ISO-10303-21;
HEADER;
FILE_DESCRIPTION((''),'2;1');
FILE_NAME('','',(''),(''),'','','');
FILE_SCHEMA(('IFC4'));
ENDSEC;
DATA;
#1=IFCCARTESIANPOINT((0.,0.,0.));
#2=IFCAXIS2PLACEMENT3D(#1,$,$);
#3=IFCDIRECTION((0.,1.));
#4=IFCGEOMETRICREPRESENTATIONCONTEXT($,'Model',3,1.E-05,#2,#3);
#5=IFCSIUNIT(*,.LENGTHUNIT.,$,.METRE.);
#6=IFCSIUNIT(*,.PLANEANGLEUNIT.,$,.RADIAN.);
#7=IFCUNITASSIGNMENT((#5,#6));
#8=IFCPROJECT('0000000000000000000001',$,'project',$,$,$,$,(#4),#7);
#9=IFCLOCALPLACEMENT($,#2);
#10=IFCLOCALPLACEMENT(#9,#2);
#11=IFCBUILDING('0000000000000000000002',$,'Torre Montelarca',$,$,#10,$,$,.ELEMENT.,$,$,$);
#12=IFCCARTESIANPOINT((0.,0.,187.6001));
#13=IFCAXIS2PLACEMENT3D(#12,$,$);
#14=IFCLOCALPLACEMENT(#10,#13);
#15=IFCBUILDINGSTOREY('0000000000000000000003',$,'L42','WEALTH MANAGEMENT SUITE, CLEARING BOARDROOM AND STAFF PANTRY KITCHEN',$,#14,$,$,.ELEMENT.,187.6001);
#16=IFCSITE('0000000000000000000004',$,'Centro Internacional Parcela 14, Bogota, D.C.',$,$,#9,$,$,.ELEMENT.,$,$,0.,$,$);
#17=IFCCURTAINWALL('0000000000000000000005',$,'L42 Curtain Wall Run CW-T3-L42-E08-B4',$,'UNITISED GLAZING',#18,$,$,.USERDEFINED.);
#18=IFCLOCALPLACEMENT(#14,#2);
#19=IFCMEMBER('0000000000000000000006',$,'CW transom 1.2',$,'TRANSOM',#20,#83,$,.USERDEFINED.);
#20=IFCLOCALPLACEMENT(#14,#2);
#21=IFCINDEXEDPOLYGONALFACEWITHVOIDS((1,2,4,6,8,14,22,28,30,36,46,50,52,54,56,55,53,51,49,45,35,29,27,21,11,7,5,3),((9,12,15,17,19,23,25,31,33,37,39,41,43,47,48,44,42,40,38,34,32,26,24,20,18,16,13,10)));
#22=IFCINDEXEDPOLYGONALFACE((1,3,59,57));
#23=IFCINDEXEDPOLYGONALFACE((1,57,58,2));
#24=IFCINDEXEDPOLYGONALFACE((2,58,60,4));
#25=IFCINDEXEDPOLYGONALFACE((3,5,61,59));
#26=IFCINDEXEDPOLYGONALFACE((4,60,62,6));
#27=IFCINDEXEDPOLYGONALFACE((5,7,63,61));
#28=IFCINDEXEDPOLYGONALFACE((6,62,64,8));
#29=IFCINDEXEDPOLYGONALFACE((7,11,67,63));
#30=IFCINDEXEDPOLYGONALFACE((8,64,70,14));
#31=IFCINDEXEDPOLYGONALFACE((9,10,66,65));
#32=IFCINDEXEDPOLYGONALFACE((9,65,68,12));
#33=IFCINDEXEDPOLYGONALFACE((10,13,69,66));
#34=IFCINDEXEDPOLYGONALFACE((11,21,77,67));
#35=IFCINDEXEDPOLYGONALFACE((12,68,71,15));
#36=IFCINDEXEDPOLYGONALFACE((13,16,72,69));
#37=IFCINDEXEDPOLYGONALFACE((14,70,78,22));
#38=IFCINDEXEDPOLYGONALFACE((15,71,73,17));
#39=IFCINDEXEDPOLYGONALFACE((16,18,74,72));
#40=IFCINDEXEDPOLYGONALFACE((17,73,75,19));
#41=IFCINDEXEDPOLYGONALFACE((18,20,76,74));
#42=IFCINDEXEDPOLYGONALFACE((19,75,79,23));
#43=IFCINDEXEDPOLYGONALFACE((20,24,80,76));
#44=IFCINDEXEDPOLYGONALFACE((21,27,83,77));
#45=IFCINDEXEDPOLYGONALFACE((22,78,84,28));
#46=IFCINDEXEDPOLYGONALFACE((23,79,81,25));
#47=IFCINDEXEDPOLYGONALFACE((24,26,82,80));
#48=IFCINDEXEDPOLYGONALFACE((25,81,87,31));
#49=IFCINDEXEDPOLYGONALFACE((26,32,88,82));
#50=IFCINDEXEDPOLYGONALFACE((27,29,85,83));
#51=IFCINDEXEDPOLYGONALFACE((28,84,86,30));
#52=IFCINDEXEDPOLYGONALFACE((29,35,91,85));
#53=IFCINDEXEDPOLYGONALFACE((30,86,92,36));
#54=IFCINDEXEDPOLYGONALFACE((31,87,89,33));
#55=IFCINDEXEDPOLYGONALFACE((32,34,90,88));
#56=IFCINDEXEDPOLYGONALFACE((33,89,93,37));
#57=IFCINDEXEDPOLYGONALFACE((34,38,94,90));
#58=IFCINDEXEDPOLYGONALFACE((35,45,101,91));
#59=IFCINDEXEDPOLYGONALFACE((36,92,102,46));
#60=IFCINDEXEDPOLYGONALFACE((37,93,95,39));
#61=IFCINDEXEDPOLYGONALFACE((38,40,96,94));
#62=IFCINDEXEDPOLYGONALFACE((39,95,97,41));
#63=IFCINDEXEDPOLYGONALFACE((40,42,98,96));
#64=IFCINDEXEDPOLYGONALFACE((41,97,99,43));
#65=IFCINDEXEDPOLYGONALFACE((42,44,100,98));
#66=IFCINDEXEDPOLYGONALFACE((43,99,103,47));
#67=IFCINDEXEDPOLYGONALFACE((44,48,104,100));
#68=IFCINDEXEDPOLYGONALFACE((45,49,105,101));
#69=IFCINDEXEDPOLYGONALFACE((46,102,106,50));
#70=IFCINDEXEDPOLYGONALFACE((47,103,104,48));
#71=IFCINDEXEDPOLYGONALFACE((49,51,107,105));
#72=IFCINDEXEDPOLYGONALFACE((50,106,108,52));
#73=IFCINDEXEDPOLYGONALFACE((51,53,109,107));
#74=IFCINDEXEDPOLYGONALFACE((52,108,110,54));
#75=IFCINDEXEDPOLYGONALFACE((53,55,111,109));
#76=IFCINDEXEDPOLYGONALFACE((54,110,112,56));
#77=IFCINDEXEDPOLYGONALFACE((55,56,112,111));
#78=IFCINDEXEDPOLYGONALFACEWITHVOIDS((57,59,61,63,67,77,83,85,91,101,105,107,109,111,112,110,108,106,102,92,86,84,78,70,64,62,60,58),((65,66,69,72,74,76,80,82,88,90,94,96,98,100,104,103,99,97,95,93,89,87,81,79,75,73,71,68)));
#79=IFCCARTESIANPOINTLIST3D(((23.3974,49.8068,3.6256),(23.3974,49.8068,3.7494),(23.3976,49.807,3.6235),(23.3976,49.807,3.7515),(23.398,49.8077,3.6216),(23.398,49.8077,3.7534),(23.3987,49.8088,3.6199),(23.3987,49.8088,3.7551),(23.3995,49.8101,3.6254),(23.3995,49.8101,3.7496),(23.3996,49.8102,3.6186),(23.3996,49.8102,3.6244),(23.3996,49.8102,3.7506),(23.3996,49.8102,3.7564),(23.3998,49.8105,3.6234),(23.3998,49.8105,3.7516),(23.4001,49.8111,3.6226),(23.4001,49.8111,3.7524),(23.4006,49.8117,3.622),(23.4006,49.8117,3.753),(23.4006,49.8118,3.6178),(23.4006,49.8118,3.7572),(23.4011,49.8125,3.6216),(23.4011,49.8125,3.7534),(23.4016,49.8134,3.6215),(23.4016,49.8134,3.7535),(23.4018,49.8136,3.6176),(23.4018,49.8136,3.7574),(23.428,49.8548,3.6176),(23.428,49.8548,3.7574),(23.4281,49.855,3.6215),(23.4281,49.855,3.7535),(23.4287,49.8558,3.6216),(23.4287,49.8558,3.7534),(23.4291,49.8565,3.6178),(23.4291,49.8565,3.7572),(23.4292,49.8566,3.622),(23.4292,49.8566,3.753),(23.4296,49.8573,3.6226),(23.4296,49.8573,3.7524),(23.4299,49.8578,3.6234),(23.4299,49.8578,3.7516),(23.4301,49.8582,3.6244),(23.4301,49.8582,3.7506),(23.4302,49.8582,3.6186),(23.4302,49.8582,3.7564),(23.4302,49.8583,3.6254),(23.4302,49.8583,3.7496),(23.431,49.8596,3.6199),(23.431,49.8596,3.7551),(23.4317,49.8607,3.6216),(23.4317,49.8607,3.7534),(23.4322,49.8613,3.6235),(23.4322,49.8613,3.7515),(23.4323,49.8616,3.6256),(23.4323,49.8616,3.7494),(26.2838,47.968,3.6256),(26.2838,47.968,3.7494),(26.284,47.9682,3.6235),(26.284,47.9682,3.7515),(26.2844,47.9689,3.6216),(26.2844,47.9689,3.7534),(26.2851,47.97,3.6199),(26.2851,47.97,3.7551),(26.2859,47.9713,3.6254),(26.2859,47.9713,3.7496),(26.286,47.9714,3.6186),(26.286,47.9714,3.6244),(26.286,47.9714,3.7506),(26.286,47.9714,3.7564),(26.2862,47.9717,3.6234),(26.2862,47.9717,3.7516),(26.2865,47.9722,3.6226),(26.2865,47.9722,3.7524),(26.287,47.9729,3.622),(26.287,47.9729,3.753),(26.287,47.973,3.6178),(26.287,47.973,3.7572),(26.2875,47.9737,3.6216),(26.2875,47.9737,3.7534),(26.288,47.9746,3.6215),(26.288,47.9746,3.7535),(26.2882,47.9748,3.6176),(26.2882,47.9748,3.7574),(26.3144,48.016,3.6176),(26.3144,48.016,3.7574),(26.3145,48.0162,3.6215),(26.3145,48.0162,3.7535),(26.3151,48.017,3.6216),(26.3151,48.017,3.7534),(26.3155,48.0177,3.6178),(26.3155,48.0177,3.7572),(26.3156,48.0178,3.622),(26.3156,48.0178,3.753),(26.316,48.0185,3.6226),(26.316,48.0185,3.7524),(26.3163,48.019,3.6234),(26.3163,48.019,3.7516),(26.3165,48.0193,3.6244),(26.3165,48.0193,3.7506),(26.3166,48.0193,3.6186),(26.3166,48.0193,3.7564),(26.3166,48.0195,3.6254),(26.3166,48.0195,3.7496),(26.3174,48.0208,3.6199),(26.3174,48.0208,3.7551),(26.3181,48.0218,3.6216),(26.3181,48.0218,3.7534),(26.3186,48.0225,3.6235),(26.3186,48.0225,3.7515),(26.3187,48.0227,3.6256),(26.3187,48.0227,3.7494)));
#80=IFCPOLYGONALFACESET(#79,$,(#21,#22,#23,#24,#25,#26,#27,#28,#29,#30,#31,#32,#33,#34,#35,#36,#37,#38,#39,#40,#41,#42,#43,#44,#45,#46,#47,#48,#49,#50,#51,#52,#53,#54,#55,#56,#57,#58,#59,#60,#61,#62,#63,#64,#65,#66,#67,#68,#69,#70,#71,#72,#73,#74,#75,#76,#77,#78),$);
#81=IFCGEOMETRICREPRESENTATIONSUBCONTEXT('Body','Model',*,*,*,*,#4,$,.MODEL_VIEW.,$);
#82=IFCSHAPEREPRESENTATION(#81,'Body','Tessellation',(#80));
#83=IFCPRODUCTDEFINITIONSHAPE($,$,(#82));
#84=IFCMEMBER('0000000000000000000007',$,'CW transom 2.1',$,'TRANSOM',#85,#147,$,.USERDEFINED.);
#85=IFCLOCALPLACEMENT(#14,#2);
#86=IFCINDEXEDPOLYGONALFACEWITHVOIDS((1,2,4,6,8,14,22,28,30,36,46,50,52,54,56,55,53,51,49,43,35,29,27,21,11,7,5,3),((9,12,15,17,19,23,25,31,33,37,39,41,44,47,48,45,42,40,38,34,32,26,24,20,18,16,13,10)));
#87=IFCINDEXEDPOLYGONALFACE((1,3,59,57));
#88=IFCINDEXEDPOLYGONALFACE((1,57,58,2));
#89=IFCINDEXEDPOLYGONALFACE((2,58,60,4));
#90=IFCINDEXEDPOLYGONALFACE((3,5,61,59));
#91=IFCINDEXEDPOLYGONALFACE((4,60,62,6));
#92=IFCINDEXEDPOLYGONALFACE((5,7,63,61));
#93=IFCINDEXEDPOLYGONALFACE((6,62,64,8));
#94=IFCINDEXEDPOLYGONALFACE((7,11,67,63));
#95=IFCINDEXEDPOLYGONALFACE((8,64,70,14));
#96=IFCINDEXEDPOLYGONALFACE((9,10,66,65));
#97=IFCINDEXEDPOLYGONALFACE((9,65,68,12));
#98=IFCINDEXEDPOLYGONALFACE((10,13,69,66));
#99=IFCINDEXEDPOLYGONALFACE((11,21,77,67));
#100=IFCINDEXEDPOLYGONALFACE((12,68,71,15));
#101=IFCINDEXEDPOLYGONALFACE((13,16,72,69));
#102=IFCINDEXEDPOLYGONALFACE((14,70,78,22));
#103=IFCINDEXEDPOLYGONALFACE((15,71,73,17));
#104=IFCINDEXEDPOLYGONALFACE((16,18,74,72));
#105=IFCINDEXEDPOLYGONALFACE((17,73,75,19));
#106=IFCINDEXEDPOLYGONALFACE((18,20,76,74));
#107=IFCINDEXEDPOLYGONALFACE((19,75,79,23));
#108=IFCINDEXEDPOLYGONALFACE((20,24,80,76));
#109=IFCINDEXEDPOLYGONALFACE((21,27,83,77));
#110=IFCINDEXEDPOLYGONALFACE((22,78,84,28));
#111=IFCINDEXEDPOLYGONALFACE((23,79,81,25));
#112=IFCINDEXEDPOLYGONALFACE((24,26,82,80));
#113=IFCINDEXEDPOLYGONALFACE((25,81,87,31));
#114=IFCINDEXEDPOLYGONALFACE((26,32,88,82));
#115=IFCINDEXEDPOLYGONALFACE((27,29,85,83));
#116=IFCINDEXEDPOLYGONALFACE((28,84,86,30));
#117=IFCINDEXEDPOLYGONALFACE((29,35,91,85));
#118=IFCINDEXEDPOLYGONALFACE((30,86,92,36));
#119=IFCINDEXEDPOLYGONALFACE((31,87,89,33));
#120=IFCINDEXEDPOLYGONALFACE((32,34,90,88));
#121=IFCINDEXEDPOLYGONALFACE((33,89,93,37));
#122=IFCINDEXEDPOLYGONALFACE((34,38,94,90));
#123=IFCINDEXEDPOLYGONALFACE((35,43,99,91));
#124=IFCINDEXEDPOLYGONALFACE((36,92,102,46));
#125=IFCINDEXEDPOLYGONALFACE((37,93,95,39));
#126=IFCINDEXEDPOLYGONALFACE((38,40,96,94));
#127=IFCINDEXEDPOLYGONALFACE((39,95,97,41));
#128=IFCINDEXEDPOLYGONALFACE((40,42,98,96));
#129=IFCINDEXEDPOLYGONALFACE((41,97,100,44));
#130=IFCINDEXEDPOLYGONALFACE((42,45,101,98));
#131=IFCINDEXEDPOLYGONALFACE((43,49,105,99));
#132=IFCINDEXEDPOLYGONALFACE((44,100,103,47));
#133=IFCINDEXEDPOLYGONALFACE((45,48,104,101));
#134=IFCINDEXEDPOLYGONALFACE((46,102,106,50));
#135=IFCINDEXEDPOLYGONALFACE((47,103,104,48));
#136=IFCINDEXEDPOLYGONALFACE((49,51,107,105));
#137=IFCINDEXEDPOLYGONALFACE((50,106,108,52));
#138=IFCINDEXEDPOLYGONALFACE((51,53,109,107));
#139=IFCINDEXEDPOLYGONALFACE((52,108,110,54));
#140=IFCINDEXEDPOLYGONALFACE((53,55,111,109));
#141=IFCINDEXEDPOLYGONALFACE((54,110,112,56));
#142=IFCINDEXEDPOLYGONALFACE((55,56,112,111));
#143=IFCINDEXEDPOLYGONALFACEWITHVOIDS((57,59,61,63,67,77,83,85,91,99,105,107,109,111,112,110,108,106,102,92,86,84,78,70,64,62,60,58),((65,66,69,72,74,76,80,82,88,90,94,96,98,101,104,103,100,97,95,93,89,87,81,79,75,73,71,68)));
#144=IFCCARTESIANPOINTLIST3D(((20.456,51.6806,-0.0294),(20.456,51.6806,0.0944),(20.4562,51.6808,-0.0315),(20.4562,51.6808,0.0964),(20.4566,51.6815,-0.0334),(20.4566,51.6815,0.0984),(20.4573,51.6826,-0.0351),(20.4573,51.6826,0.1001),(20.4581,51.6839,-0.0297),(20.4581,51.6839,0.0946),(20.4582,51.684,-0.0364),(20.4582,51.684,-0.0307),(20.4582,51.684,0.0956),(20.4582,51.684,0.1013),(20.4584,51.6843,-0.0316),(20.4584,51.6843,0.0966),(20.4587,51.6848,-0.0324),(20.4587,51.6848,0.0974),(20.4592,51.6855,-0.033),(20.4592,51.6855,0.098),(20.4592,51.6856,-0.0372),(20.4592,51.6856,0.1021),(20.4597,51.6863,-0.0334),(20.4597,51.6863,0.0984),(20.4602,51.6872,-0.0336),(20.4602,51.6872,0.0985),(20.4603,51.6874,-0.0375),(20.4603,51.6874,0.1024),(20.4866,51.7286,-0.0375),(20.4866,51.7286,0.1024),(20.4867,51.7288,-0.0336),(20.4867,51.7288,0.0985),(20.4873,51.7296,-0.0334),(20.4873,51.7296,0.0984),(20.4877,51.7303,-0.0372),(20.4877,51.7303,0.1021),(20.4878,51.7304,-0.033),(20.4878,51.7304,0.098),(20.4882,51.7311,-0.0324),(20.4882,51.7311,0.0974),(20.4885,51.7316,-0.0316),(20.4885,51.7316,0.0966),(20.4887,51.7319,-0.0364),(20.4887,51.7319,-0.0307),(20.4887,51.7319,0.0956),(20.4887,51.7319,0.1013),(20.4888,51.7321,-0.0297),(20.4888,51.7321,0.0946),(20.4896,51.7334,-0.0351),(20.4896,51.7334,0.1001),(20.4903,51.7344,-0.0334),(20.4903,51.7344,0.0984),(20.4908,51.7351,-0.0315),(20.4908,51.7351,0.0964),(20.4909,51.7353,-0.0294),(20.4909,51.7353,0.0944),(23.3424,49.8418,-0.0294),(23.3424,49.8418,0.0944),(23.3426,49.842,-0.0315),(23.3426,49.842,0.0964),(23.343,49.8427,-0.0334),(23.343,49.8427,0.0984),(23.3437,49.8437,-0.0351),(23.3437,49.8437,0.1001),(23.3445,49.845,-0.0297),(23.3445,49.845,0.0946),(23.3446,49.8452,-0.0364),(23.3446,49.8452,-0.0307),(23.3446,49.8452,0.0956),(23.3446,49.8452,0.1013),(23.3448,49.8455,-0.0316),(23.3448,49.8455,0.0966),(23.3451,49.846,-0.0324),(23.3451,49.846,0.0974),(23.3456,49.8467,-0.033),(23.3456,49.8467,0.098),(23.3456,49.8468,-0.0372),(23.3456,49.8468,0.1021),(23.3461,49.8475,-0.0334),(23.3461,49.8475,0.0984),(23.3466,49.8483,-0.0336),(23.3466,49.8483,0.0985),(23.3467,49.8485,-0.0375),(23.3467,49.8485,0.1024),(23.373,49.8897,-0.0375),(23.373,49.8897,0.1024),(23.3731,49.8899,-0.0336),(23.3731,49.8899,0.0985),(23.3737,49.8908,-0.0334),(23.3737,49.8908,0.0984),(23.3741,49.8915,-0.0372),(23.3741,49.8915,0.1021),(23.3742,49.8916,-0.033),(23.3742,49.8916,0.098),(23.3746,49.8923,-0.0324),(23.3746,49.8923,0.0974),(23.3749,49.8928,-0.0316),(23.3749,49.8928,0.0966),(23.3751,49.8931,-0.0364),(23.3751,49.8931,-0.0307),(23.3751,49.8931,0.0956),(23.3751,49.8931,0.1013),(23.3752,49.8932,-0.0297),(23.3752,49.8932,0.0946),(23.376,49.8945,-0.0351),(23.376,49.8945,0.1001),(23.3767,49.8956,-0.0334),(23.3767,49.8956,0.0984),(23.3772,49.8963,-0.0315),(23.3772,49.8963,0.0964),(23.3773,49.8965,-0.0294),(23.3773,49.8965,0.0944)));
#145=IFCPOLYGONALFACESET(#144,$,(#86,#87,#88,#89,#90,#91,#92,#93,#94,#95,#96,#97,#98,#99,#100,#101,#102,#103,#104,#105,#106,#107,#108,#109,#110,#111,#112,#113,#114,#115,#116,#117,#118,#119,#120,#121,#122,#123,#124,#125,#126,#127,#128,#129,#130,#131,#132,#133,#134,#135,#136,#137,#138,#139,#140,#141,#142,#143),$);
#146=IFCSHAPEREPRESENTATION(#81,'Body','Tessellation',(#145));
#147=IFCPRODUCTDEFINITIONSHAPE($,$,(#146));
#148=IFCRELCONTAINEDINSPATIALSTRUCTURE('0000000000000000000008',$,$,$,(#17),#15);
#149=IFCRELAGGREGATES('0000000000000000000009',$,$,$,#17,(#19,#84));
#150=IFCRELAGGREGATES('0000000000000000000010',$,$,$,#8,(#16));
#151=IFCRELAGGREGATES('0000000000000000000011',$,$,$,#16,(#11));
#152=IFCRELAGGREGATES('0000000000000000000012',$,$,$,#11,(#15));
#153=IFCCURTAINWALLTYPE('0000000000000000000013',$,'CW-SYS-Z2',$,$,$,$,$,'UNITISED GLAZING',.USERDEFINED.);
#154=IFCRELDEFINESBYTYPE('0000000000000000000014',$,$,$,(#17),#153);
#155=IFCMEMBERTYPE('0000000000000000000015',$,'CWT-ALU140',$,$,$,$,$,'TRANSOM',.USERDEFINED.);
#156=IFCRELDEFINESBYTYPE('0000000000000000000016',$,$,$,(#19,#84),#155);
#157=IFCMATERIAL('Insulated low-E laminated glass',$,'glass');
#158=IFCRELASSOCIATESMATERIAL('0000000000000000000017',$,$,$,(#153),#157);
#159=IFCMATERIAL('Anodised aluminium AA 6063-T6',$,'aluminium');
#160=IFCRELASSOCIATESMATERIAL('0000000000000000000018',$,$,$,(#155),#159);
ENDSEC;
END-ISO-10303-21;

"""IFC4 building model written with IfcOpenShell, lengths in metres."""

from ifc_helpers import new_model, si_unit, direction, frame, origin, origin_2d, place, context, subcontext, project, spatial, hollow_rectangle, extrude, source, transform, mapped, material, material_profile, profile_set, type_object, element, aggregate, save


model = new_model("IFC4")

# Units and contexts
model_context = context("Model", 3, precision=1e-05, world=origin(), true_north=direction((0.0, 1.0)))
body_context = subcontext(model_context, "Body", "Model", "MODEL_VIEW")
ifc_project = project(units=[si_unit("LENGTHUNIT", "METRE"), si_unit("PLANEANGLEUNIT", "RADIAN")], contexts=[model_context])

# Site, building, storey
site_placement = place(None, origin())
site = spatial("IfcSite", under=ifc_project, at=site_placement, Name="Centro Internacional Parcela 14, Bogota, D.C.", CompositionType="ELEMENT", RefElevation=0.0)
building_placement = place(site_placement, origin())
building = spatial("IfcBuilding", under=site, at=building_placement, Name="Torre Montelarca", CompositionType="ELEMENT")
storey_placement = place(building_placement, frame((0.0, 0.0, 187.6001)))
storey = spatial("IfcBuildingStorey", under=building, at=storey_placement, Name="L42", Description="WEALTH MANAGEMENT SUITE, CLEARING BOARDROOM AND STAFF PANTRY KITCHEN", CompositionType="ELEMENT", Elevation=187.6001)

# Curtain wall
ifc_material_1 = material(Name="Insulated low-E laminated glass", Category="glass")
curtain_wall_type = type_object("IfcCurtainWallType", Name="CW-SYS-Z2", ElementType="UNITISED GLAZING", PredefinedType="USERDEFINED", material=ifc_material_1)
ifc_material_2 = material(Name="Anodised aluminium AA 6063-T6", Category="aluminium")
curtain_wall_1_placement = place(storey_placement, origin())
curtain_wall_1 = element("IfcCurtainWall", 1, at=curtain_wall_1_placement, inside=storey, type_object=curtain_wall_type, Name="L42 Curtain Wall Run CW-T3-L42-E08-B4", ObjectType="UNITISED GLAZING", PredefinedType="USERDEFINED")

# Members
ifc_material_profile_1 = material_profile(ifc_material_2, hollow_rectangle(XDim=0.0649, YDim=0.1399, WallThickness=0.0039, InnerFilletRadius=0.0039, OuterFilletRadius=0.0081, at=origin_2d()), Name="ALU65X140X4", Category="aluminium")
ifc_profile_set_1 = profile_set([ifc_material_profile_1], Name="Anodised aluminium AA 6063-T6")
member_type_1 = type_object("IfcMemberType", Name="CWT-ALU140", ElementType="TRANSOM", PredefinedType="USERDEFINED", material=ifc_profile_set_1)
shared_shape_1 = source(origin(), body_context, "Body", "SweptSolid", [
    extrude(hollow_rectangle(XDim=0.0649, YDim=0.1399, WallThickness=0.0039, InnerFilletRadius=0.0039, OuterFilletRadius=0.0081, at=origin_2d()), origin(), (0.0, 0.0, 1.0), 3.4224),
])
member_1_placement = place(storey_placement, frame((26.3013, 47.9954, 3.6875), z_axis=(-0.843394, 0.537295, 0.0), x_axis=(-0.537295, -0.843394, 0.0)))
member_1 = element("IfcMember", 2, at=member_1_placement, type_object=member_type_1, Name="CW transom 1.2", ObjectType="TRANSOM", PredefinedType="USERDEFINED", context=body_context, shape_type="MappedRepresentation", body=[
    mapped(shared_shape_1, transform((0.0, 0.0, 0.0), scale=1.0)),
])
member_2_placement = place(storey_placement, frame((23.3599, 49.8691, 0.0325), z_axis=(-0.843394, 0.537295, 0.0), x_axis=(-0.537295, -0.843394, 0.0)))
member_2 = element("IfcMember", 3, at=member_2_placement, type_object=member_type_1, Name="CW transom 2.1", ObjectType="TRANSOM", PredefinedType="USERDEFINED", context=body_context, shape_type="MappedRepresentation", body=[
    mapped(shared_shape_1, transform((0.0, 0.0, 0.0), scale=1.0)),
])

aggregate(curtain_wall_1, [member_1, member_2])

save(model, "model.ifc")
